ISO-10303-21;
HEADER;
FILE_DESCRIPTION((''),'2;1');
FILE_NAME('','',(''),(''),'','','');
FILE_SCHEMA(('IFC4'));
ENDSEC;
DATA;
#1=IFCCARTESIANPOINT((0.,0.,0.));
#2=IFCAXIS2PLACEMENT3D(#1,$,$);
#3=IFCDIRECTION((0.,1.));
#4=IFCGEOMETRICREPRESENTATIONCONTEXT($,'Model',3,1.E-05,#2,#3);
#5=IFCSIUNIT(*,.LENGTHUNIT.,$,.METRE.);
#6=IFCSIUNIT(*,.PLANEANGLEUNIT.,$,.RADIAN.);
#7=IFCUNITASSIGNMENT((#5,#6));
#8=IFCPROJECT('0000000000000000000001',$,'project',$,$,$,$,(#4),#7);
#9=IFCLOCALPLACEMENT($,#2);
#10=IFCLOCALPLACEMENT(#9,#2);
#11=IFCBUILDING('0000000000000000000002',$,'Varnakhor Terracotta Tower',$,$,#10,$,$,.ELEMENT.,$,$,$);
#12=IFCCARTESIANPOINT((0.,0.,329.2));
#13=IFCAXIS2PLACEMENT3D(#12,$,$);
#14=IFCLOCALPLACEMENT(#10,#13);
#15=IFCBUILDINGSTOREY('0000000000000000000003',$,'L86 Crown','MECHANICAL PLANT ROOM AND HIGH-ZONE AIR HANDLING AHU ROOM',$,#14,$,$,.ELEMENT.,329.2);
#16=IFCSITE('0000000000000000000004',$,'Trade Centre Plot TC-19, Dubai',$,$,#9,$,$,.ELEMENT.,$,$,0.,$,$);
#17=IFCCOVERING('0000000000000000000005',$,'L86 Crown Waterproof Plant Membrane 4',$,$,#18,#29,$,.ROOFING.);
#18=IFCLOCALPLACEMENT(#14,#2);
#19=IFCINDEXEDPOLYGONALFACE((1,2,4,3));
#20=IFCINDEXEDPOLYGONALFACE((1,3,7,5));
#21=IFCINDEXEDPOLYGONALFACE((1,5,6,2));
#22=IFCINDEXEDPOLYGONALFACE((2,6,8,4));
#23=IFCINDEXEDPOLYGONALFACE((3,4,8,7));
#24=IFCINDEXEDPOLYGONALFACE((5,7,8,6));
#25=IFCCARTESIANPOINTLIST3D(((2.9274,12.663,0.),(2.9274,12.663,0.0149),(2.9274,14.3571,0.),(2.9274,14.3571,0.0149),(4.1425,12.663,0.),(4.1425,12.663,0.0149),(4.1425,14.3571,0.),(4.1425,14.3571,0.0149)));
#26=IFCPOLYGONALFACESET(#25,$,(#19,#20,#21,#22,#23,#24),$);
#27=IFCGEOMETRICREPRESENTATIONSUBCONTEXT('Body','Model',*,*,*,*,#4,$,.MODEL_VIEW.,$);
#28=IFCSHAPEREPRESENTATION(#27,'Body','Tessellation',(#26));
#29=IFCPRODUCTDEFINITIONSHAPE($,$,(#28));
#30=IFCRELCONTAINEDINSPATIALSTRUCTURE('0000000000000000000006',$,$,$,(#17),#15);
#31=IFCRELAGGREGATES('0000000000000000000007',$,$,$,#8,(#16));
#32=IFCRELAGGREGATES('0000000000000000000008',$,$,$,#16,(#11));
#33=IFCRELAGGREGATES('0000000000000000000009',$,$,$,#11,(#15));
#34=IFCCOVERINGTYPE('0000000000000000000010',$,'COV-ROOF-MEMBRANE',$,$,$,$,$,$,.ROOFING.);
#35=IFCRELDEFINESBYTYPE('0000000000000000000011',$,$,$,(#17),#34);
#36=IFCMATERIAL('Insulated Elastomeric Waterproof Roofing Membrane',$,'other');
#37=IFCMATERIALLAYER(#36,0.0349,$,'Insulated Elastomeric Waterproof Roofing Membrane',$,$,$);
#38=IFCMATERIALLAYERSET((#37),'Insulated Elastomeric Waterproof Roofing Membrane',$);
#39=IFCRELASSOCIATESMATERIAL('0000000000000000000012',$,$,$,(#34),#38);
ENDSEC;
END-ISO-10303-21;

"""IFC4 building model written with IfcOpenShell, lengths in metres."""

from ifc_helpers import new_model, si_unit, direction, frame, origin, origin_2d, place, context, subcontext, project, spatial, rectangle, extrude, source, transform, mapped, material, layer, layer_set, type_object, element, save


model = new_model("IFC4")

# Units and contexts
model_context = context("Model", 3, precision=1e-05, world=origin(), true_north=direction((0.0, 1.0)))
body_context = subcontext(model_context, "Body", "Model", "MODEL_VIEW")
ifc_project = project(units=[si_unit("LENGTHUNIT", "METRE"), si_unit("PLANEANGLEUNIT", "RADIAN")], contexts=[model_context])

# Site, building, storey
site_placement = place(None, origin())
site = spatial("IfcSite", under=ifc_project, at=site_placement, Name="Trade Centre Plot TC-19, Dubai", CompositionType="ELEMENT", RefElevation=0.0)
building_placement = place(site_placement, origin())
building = spatial("IfcBuilding", under=site, at=building_placement, Name="Varnakhor Terracotta Tower", CompositionType="ELEMENT")
storey_placement = place(building_placement, frame((0.0, 0.0, 329.2)))
storey = spatial("IfcBuildingStorey", under=building, at=storey_placement, Name="L86 Crown", Description="MECHANICAL PLANT ROOM AND HIGH-ZONE AIR HANDLING AHU ROOM", CompositionType="ELEMENT", Elevation=329.2)

# Covering
ifc_material_1 = material(Name="Insulated Elastomeric Waterproof Roofing Membrane", Category="other")
ifc_layer_1 = layer(ifc_material_1, 0.0349, Name="Insulated Elastomeric Waterproof Roofing Membrane")
ifc_layer_set_1 = layer_set([ifc_layer_1], Name="Insulated Elastomeric Waterproof Roofing Membrane")
covering_type = type_object("IfcCoveringType", Name="COV-ROOF-MEMBRANE", PredefinedType="ROOFING", material=ifc_layer_set_1)
shared_shape_1 = source(origin(), body_context, "Body", "SweptSolid", [
    extrude(rectangle(XDim=1.2151, YDim=1.6941, at=origin_2d()), origin(), (0.0, 0.0, 1.0), 0.0149),
])
covering_placement = place(storey_placement, frame((3.5349, 13.51, 0.0), z_axis=(0.0, 0.0, 1.0), x_axis=(1.0, 0.0, 0.0)))
element("IfcCovering", 1, at=covering_placement, inside=storey, type_object=covering_type, Name="L86 Crown Waterproof Plant Membrane 4", PredefinedType="ROOFING", context=body_context, shape_type="MappedRepresentation", body=[
    mapped(shared_shape_1, transform((0.0, 0.0, 0.0), scale=1.0)),
])

save(model, "model.ifc")
